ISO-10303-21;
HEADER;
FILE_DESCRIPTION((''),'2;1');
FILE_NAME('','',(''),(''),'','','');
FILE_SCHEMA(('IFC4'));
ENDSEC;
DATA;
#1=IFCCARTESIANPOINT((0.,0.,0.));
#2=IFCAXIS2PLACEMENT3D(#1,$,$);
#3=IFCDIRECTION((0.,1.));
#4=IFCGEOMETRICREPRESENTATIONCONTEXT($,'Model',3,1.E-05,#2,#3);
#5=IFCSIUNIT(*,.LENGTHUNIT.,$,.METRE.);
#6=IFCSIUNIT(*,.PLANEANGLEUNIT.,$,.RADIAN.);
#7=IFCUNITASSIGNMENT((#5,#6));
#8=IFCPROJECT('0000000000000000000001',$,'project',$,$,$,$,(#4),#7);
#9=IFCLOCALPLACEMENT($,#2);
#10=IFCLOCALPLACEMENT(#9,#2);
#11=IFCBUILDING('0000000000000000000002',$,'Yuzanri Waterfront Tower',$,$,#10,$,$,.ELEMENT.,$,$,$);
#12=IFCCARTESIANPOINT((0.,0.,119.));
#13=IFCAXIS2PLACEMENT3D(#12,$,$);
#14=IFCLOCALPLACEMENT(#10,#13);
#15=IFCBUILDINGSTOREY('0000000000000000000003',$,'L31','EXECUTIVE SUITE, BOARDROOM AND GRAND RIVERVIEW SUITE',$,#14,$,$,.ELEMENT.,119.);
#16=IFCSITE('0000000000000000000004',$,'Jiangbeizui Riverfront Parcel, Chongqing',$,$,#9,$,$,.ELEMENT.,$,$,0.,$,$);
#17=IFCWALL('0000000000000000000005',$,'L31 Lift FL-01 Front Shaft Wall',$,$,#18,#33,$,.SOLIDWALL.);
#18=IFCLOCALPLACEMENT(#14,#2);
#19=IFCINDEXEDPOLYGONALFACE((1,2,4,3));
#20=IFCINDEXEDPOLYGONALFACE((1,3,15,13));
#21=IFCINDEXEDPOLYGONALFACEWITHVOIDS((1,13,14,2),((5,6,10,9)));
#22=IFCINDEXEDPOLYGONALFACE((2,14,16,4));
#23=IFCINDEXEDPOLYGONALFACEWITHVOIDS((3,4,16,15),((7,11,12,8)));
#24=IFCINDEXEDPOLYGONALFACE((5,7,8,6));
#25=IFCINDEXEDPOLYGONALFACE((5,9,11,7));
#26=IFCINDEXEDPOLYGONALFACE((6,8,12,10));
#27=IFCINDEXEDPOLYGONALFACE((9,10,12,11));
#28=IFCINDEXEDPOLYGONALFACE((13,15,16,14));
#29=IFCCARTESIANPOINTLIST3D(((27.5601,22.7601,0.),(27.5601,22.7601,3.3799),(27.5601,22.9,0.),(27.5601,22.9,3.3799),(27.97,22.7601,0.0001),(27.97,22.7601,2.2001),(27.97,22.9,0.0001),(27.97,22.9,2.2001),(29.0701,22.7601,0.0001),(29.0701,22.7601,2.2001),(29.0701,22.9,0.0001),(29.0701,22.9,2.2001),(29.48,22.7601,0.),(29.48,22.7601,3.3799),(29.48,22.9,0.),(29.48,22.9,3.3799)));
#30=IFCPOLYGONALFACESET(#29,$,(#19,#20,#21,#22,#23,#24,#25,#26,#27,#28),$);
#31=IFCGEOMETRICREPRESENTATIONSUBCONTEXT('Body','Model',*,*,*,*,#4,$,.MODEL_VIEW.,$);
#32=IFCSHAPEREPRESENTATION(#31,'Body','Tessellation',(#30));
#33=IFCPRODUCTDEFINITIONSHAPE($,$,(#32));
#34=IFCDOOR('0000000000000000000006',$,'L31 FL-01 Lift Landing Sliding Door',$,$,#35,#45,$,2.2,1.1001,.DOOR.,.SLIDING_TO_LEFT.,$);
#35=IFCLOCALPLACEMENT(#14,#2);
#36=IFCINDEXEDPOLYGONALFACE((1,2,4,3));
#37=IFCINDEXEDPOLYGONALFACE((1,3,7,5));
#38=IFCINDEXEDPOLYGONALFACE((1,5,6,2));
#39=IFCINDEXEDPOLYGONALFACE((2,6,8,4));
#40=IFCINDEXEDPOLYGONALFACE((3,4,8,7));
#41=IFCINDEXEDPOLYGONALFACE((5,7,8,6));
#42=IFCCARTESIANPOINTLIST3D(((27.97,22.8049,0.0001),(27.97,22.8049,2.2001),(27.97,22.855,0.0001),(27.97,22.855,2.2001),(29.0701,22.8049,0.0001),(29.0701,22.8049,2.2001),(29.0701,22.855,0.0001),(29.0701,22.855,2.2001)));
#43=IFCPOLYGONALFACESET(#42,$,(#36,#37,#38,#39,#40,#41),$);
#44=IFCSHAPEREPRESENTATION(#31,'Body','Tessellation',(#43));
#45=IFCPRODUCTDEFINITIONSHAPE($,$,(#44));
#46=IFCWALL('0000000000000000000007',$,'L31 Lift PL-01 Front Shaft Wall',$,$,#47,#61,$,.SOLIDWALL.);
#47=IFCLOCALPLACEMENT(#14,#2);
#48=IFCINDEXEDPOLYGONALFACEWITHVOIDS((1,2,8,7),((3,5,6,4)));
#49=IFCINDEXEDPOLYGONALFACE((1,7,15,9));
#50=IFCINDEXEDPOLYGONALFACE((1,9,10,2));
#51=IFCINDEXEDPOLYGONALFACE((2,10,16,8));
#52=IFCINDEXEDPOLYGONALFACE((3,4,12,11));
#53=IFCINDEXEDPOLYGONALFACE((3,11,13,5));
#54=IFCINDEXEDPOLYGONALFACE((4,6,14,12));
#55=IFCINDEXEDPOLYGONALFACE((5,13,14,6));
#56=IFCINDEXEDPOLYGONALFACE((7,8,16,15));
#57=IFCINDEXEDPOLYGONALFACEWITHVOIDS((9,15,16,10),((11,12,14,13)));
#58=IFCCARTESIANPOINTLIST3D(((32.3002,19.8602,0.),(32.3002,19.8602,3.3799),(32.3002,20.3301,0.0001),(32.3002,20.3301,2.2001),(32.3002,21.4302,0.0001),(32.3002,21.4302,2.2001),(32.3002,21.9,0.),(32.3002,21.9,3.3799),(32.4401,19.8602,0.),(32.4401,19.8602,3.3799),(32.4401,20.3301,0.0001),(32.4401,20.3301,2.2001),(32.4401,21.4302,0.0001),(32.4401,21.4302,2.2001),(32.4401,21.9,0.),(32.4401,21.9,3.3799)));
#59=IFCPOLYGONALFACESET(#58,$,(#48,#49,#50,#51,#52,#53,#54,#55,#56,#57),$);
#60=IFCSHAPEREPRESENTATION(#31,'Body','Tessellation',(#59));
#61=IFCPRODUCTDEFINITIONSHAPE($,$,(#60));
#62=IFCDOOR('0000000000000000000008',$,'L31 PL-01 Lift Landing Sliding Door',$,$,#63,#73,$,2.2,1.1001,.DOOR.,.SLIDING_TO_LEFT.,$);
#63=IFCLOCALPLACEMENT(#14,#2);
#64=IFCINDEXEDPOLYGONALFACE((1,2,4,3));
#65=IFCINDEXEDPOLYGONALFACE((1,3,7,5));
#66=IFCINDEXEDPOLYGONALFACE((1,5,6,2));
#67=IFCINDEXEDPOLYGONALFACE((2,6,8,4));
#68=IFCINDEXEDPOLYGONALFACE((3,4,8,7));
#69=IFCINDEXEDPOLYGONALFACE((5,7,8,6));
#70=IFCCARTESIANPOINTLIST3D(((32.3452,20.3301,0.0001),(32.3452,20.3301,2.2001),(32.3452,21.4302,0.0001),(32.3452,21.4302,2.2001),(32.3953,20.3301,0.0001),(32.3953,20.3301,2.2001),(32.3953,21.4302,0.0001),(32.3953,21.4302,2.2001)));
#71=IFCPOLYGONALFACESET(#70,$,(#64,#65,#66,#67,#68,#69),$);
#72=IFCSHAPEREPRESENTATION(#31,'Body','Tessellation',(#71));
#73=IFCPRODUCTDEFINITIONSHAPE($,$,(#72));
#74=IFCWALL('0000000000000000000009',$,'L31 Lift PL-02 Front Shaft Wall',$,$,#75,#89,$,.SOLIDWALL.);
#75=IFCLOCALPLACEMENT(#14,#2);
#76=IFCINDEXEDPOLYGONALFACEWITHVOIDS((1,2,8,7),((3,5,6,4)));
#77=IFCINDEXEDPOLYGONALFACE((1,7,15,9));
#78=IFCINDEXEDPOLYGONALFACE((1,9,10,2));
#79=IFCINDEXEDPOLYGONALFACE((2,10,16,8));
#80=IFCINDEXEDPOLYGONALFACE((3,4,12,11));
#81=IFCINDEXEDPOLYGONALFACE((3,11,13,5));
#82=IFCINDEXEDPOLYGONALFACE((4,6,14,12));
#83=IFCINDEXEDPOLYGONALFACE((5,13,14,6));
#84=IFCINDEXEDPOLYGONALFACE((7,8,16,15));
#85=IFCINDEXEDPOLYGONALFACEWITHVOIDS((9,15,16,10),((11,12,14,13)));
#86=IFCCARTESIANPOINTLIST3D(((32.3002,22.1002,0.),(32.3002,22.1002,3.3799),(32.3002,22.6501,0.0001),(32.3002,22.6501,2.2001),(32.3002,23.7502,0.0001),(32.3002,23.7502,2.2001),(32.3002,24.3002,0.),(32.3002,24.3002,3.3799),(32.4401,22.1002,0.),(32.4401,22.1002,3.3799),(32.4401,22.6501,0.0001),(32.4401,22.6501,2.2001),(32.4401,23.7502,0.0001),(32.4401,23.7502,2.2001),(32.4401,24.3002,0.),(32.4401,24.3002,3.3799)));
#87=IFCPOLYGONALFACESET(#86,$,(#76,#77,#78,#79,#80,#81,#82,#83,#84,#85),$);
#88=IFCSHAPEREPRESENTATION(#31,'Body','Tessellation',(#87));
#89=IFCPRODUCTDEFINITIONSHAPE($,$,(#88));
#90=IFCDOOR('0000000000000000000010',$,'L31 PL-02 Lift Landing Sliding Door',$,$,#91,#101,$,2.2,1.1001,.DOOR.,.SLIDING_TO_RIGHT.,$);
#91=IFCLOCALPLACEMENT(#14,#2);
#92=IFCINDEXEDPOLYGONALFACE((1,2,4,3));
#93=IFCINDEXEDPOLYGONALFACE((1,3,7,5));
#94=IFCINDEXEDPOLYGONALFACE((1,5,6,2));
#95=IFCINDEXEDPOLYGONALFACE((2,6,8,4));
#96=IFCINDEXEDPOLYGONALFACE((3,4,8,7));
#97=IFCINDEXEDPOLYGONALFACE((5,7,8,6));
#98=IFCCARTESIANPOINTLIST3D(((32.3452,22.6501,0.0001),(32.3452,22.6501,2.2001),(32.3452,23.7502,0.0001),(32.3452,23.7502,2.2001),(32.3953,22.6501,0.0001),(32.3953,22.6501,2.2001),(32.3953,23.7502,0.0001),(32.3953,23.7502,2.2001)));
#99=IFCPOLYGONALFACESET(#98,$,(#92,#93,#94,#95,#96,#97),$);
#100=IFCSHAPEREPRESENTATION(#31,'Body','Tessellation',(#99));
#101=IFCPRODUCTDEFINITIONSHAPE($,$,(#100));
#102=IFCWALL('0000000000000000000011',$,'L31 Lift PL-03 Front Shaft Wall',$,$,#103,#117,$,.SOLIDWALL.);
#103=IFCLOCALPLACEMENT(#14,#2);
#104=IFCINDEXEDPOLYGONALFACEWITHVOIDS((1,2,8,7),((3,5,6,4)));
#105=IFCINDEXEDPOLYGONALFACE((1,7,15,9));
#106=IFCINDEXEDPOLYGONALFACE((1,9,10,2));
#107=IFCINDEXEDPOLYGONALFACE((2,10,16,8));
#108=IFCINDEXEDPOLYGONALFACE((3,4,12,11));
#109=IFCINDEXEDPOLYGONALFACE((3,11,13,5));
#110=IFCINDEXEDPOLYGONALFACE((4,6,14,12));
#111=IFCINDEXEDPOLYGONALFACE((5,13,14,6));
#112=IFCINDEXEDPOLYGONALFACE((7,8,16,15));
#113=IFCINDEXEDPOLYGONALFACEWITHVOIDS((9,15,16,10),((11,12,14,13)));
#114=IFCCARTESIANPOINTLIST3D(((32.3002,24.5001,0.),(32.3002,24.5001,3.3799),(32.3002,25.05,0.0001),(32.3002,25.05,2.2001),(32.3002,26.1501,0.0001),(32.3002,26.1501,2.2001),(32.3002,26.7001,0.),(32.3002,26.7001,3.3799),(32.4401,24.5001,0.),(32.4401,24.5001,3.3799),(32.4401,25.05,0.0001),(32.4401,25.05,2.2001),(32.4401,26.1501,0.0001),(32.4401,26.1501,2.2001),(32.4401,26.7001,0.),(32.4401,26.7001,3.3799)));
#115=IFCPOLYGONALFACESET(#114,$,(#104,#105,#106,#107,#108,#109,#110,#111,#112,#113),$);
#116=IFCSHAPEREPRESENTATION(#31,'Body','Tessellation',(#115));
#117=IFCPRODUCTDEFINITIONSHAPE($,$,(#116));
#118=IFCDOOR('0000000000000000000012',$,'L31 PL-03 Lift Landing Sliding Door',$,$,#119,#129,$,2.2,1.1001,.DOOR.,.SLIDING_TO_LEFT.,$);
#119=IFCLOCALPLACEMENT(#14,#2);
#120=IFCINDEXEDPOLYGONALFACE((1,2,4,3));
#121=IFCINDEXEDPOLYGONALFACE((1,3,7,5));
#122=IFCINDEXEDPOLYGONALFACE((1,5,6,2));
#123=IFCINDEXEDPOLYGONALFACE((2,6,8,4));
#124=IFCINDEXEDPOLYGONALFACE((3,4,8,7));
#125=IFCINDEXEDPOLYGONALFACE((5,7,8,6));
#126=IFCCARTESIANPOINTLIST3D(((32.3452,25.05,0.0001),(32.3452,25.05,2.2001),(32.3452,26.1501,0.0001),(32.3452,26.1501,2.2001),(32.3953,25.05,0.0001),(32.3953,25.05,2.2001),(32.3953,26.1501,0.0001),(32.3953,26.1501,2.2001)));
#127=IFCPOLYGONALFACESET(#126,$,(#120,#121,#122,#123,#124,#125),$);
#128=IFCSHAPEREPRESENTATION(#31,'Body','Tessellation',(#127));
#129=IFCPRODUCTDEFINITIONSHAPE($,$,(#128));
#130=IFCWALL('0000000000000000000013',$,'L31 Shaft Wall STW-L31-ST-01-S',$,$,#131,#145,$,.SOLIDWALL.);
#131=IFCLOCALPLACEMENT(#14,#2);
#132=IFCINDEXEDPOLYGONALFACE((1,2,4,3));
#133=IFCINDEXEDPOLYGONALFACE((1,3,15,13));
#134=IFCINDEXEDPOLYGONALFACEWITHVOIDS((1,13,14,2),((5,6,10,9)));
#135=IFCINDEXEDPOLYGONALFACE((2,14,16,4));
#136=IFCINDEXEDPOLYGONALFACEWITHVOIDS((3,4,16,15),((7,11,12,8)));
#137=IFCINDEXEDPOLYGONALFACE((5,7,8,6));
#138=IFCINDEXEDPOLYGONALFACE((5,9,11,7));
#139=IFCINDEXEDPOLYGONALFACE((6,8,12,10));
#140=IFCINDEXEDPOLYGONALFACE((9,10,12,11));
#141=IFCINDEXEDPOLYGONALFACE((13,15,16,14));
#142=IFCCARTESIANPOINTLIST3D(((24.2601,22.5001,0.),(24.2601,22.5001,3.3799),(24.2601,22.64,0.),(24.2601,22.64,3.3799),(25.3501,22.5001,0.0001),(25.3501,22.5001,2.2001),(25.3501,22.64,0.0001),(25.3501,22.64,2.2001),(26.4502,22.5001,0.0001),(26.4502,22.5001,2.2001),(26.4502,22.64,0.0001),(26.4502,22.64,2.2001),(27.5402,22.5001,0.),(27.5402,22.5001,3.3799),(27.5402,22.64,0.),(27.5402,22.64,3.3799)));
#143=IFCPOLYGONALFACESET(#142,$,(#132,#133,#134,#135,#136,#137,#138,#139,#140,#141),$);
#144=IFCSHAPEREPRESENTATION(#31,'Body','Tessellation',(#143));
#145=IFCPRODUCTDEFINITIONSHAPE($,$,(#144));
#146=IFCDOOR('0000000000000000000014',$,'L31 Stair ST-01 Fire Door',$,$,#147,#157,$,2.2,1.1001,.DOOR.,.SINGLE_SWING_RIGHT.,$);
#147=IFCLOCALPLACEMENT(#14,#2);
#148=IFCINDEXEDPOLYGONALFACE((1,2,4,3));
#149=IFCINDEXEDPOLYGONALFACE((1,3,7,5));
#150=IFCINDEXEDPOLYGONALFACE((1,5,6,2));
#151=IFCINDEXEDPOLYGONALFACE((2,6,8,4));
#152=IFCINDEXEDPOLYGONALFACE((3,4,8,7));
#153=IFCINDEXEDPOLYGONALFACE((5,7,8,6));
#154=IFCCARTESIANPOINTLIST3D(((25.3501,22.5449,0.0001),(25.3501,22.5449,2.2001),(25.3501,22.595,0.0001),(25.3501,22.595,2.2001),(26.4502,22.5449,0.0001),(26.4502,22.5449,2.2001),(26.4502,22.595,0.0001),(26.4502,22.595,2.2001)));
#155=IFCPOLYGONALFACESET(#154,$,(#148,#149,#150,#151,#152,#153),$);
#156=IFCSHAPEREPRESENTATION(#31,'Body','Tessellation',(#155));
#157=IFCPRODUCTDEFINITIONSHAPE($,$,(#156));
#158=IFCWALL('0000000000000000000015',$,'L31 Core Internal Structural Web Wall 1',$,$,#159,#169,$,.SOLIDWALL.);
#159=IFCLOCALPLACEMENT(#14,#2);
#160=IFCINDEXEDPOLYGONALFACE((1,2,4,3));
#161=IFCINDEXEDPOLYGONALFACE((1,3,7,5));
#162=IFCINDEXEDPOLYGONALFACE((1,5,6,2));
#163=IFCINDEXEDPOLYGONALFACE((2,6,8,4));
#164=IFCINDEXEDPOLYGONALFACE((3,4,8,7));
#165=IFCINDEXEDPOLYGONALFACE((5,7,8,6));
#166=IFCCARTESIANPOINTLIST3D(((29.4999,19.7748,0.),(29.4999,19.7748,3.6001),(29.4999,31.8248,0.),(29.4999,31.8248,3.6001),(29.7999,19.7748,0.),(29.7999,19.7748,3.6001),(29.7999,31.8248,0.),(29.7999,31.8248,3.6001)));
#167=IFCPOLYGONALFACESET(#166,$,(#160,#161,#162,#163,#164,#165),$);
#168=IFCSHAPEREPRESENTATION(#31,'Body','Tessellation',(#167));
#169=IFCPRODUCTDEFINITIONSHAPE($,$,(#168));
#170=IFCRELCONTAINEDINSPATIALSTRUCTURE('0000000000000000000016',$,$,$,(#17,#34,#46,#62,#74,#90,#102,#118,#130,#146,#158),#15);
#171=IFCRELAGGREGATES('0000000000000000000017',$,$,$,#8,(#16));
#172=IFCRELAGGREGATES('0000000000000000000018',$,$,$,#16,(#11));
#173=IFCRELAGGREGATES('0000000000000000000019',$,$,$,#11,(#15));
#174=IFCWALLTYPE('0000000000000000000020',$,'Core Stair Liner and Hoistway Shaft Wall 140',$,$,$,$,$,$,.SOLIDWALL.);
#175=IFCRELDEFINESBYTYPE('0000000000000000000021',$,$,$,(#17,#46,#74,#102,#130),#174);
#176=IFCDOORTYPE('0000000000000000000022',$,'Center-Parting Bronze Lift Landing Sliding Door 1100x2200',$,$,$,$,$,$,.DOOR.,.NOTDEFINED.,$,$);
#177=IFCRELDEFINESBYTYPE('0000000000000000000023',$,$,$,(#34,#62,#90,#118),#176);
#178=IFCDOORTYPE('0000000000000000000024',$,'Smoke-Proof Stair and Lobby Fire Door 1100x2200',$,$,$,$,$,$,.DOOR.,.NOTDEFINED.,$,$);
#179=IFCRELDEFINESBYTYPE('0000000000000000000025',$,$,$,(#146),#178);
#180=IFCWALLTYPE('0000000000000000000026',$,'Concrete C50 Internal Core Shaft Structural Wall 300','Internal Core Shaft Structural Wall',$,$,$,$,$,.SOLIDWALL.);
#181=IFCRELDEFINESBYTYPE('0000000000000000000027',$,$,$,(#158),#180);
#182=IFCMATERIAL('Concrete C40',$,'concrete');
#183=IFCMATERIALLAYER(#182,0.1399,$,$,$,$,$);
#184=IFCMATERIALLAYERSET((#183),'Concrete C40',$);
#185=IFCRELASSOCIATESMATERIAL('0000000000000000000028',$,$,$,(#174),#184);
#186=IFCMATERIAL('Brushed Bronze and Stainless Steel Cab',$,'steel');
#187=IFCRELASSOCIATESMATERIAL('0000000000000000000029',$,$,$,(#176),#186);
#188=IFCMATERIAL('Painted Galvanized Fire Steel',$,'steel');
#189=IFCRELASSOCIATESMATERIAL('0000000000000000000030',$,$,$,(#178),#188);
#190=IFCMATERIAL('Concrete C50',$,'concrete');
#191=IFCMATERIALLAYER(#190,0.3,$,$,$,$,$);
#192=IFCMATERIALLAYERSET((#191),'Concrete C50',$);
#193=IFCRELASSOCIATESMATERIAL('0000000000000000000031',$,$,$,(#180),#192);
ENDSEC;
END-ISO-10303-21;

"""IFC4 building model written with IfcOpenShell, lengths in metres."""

from ifc_helpers import new_model, si_unit, direction, frame, frame_2d, origin, place, context, subcontext, project, spatial, rectangle, extrude, source, transform, mapped, material, layer, layer_set, type_object, element, fill, save


model = new_model("IFC4")

# Units and contexts
model_context = context("Model", 3, precision=1e-05, world=origin(), true_north=direction((0.0, 1.0)))
body_context = subcontext(model_context, "Body", "Model", "MODEL_VIEW")
ifc_project = project(units=[si_unit("LENGTHUNIT", "METRE"), si_unit("PLANEANGLEUNIT", "RADIAN")], contexts=[model_context])

# Site, building, storey
site_placement = place(None, origin())
site = spatial("IfcSite", under=ifc_project, at=site_placement, Name="Jiangbeizui Riverfront Parcel, Chongqing", CompositionType="ELEMENT", RefElevation=0.0)
building_placement = place(site_placement, origin())
building = spatial("IfcBuilding", under=site, at=building_placement, Name="Yuzanri Waterfront Tower", CompositionType="ELEMENT")
storey_placement = place(building_placement, frame((0.0, 0.0, 119.0)))
storey = spatial("IfcBuildingStorey", under=building, at=storey_placement, Name="L31", Description="EXECUTIVE SUITE, BOARDROOM AND GRAND RIVERVIEW SUITE", CompositionType="ELEMENT", Elevation=119.0)

# Walls, openings, doors
ifc_material_1 = material(Name="Concrete C40", Category="concrete")
ifc_layer_1 = layer(ifc_material_1, 0.1399)
ifc_layer_set_1 = layer_set([ifc_layer_1], Name="Concrete C40")
wall_type_1 = type_object("IfcWallType", Name="Core Stair Liner and Hoistway Shaft Wall 140", PredefinedType="SOLIDWALL", material=ifc_layer_set_1)
wall_1_placement = place(storey_placement, frame((27.5601, 22.8301, 0.0), z_axis=(0.0, 0.0, 1.0), x_axis=(1.0, 0.0, 0.0)))
wall_1 = element("IfcWall", 1, at=wall_1_placement, inside=storey, type_object=wall_type_1, Name="L31 Lift FL-01 Front Shaft Wall", PredefinedType="SOLIDWALL", context=body_context, shape_type="SweptSolid", body=[
    extrude(rectangle(XDim=1.9199, YDim=0.1399, at=frame_2d((0.96, 0.0))), origin(), (0.0, 0.0, 1.0), 3.3799),
])
opening_1_placement = place(wall_1_placement, frame((0.4099, 0.0, 0.0)))
opening_1 = element("IfcOpeningElement", 2, at=opening_1_placement, cuts=wall_1, PredefinedType="OPENING", context=body_context, shape_type="SweptSolid", body=[
    extrude(rectangle(XDim=1.1001, YDim=2.2, at=frame_2d((0.55, 1.1001))), frame((0.0, 0.085, 0.0), z_axis=(0.0, -1.0, 0.0), x_axis=(1.0, 0.0, 0.0)), (0.0, 0.0, 1.0), 0.1697),
])
ifc_material_2 = material(Name="Brushed Bronze and Stainless Steel Cab", Category="steel")
door_type_1 = type_object("IfcDoorType", Name="Center-Parting Bronze Lift Landing Sliding Door 1100x2200", OperationType="NOTDEFINED", PredefinedType="DOOR", material=ifc_material_2)
shared_shape_1 = source(origin(), body_context, "Body", "SweptSolid", [
    extrude(rectangle(XDim=1.1001, YDim=2.2, at=frame_2d((0.55, 1.1001))), frame((0.0, 0.0249, 0.0), z_axis=(0.0, -1.0, 0.0), x_axis=(1.0, 0.0, 0.0)), (0.0, 0.0, 1.0), 0.05),
])
door_1_placement = place(opening_1_placement, origin())
door_1 = element("IfcDoor", 3, at=door_1_placement, inside=storey, type_object=door_type_1, Name="L31 FL-01 Lift Landing Sliding Door", OperationType="SLIDING_TO_LEFT", OverallHeight=2.2, OverallWidth=1.1001, PredefinedType="DOOR", context=body_context, shape_type="MappedRepresentation", body=[
    mapped(shared_shape_1, transform((0.0, 0.0, 0.0), scale=1.0)),
])
fill(opening_1, door_1)
wall_2_placement = place(storey_placement, frame((32.3701, 19.8601, 0.0), z_axis=(0.0, 0.0, 1.0), x_axis=(0.0, 1.0, 0.0)))
wall_2 = element("IfcWall", 4, at=wall_2_placement, inside=storey, type_object=wall_type_1, Name="L31 Lift PL-01 Front Shaft Wall", PredefinedType="SOLIDWALL", context=body_context, shape_type="SweptSolid", body=[
    extrude(rectangle(XDim=2.0398, YDim=0.1399, at=frame_2d((1.02, 0.0))), origin(), (0.0, 0.0, 1.0), 3.3799),
])
opening_2_placement = place(wall_2_placement, frame((0.47, 0.0, 0.0)))
opening_2 = element("IfcOpeningElement", 5, at=opening_2_placement, cuts=wall_2, PredefinedType="OPENING", context=body_context, shape_type="SweptSolid", body=[
    extrude(rectangle(XDim=1.1001, YDim=2.2, at=frame_2d((0.55, 1.1001))), frame((0.0, 0.085, 0.0), z_axis=(0.0, -1.0, 0.0), x_axis=(1.0, 0.0, 0.0)), (0.0, 0.0, 1.0), 0.1697),
])
door_2_placement = place(opening_2_placement, origin())
door_2 = element("IfcDoor", 6, at=door_2_placement, inside=storey, type_object=door_type_1, Name="L31 PL-01 Lift Landing Sliding Door", OperationType="SLIDING_TO_LEFT", OverallHeight=2.2, OverallWidth=1.1001, PredefinedType="DOOR", context=body_context, shape_type="MappedRepresentation", body=[
    mapped(shared_shape_1, transform((0.0, 0.0, 0.0), scale=1.0)),
])
fill(opening_2, door_2)
wall_3_placement = place(storey_placement, frame((32.3701, 22.1001, 0.0), z_axis=(0.0, 0.0, 1.0), x_axis=(0.0, 1.0, 0.0)))
wall_3 = element("IfcWall", 7, at=wall_3_placement, inside=storey, type_object=wall_type_1, Name="L31 Lift PL-02 Front Shaft Wall", PredefinedType="SOLIDWALL", context=body_context, shape_type="SweptSolid", body=[
    extrude(rectangle(XDim=2.2, YDim=0.1399, at=frame_2d((1.1001, 0.0))), origin(), (0.0, 0.0, 1.0), 3.3799),
])
opening_3_placement = place(wall_3_placement, frame((0.55, 0.0, 0.0)))
opening_3 = element("IfcOpeningElement", 8, at=opening_3_placement, cuts=wall_3, PredefinedType="OPENING", context=body_context, shape_type="SweptSolid", body=[
    extrude(rectangle(XDim=1.1001, YDim=2.2, at=frame_2d((0.55, 1.1001))), frame((0.0, 0.085, 0.0), z_axis=(0.0, -1.0, 0.0), x_axis=(1.0, 0.0, 0.0)), (0.0, 0.0, 1.0), 0.1697),
])
door_3_placement = place(opening_3_placement, origin())
door_3 = element("IfcDoor", 9, at=door_3_placement, inside=storey, type_object=door_type_1, Name="L31 PL-02 Lift Landing Sliding Door", OperationType="SLIDING_TO_RIGHT", OverallHeight=2.2, OverallWidth=1.1001, PredefinedType="DOOR", context=body_context, shape_type="MappedRepresentation", body=[
    mapped(shared_shape_1, transform((0.0, 0.0, 0.0), scale=1.0)),
])
fill(opening_3, door_3)
wall_4_placement = place(storey_placement, frame((32.3701, 24.5, 0.0), z_axis=(0.0, 0.0, 1.0), x_axis=(0.0, 1.0, 0.0)))
wall_4 = element("IfcWall", 10, at=wall_4_placement, inside=storey, type_object=wall_type_1, Name="L31 Lift PL-03 Front Shaft Wall", PredefinedType="SOLIDWALL", context=body_context, shape_type="SweptSolid", body=[
    extrude(rectangle(XDim=2.2, YDim=0.1399, at=frame_2d((1.1001, 0.0))), origin(), (0.0, 0.0, 1.0), 3.3799),
])
opening_4_placement = place(wall_4_placement, frame((0.55, 0.0, 0.0)))
opening_4 = element("IfcOpeningElement", 11, at=opening_4_placement, cuts=wall_4, PredefinedType="OPENING", context=body_context, shape_type="SweptSolid", body=[
    extrude(rectangle(XDim=1.1001, YDim=2.2, at=frame_2d((0.55, 1.1001))), frame((0.0, 0.085, 0.0), z_axis=(0.0, -1.0, 0.0), x_axis=(1.0, 0.0, 0.0)), (0.0, 0.0, 1.0), 0.1697),
])
door_4_placement = place(opening_4_placement, origin())
door_4 = element("IfcDoor", 12, at=door_4_placement, inside=storey, type_object=door_type_1, Name="L31 PL-03 Lift Landing Sliding Door", OperationType="SLIDING_TO_LEFT", OverallHeight=2.2, OverallWidth=1.1001, PredefinedType="DOOR", context=body_context, shape_type="MappedRepresentation", body=[
    mapped(shared_shape_1, transform((0.0, 0.0, 0.0), scale=1.0)),
])
fill(opening_4, door_4)
wall_5_placement = place(storey_placement, frame((24.26, 22.5701, 0.0), z_axis=(0.0, 0.0, 1.0), x_axis=(1.0, 0.0, 0.0)))
wall_5 = element("IfcWall", 13, at=wall_5_placement, inside=storey, type_object=wall_type_1, Name="L31 Shaft Wall STW-L31-ST-01-S", PredefinedType="SOLIDWALL", context=body_context, shape_type="SweptSolid", body=[
    extrude(rectangle(XDim=3.28, YDim=0.1399, at=frame_2d((1.6401, 0.0))), origin(), (0.0, 0.0, 1.0), 3.3799),
])
opening_5_placement = place(wall_5_placement, frame((1.0901, 0.0, 0.0)))
opening_5 = element("IfcOpeningElement", 14, at=opening_5_placement, cuts=wall_5, PredefinedType="OPENING", context=body_context, shape_type="SweptSolid", body=[
    extrude(rectangle(XDim=1.1001, YDim=2.2, at=frame_2d((0.55, 1.1001))), frame((0.0, 0.085, 0.0), z_axis=(0.0, -1.0, 0.0), x_axis=(1.0, 0.0, 0.0)), (0.0, 0.0, 1.0), 0.1697),
])
ifc_material_3 = material(Name="Painted Galvanized Fire Steel", Category="steel")
door_type_2 = type_object("IfcDoorType", Name="Smoke-Proof Stair and Lobby Fire Door 1100x2200", OperationType="NOTDEFINED", PredefinedType="DOOR", material=ifc_material_3)
shared_shape_2 = source(origin(), body_context, "Body", "SweptSolid", [
    extrude(rectangle(XDim=1.1001, YDim=2.2, at=frame_2d((0.55, 1.1001))), frame((0.0, 0.0249, 0.0), z_axis=(0.0, -1.0, 0.0), x_axis=(1.0, 0.0, 0.0)), (0.0, 0.0, 1.0), 0.05),
])
door_5_placement = place(opening_5_placement, origin())
door_5 = element("IfcDoor", 15, at=door_5_placement, inside=storey, type_object=door_type_2, Name="L31 Stair ST-01 Fire Door", OperationType="SINGLE_SWING_RIGHT", OverallHeight=2.2, OverallWidth=1.1001, PredefinedType="DOOR", context=body_context, shape_type="MappedRepresentation", body=[
    mapped(shared_shape_2, transform((0.0, 0.0, 0.0), scale=1.0)),
])
fill(opening_5, door_5)

# Wall
ifc_material_4 = material(Name="Concrete C50", Category="concrete")
ifc_layer_2 = layer(ifc_material_4, 0.3)
ifc_layer_set_2 = layer_set([ifc_layer_2], Name="Concrete C50")
wall_type_2 = type_object("IfcWallType", Name="Concrete C50 Internal Core Shaft Structural Wall 300", Description="Internal Core Shaft Structural Wall", PredefinedType="SOLIDWALL", material=ifc_layer_set_2)
shared_shape_3 = source(origin(), body_context, "Body", "SweptSolid", [
    extrude(rectangle(XDim=12.05, YDim=0.3, at=frame_2d((6.0249, 0.0))), origin(), (0.0, 0.0, 1.0), 3.6001),
])
wall_6_placement = place(storey_placement, frame((29.6499, 19.7749, 0.0), z_axis=(0.0, 0.0, 1.0), x_axis=(0.0, 1.0, 0.0)))
element("IfcWall", 16, at=wall_6_placement, inside=storey, type_object=wall_type_2, Name="L31 Core Internal Structural Web Wall 1", PredefinedType="SOLIDWALL", context=body_context, shape_type="MappedRepresentation", body=[
    mapped(shared_shape_3, transform((0.0, 0.0, 0.0), scale=1.0)),
])

save(model, "model.ifc")
